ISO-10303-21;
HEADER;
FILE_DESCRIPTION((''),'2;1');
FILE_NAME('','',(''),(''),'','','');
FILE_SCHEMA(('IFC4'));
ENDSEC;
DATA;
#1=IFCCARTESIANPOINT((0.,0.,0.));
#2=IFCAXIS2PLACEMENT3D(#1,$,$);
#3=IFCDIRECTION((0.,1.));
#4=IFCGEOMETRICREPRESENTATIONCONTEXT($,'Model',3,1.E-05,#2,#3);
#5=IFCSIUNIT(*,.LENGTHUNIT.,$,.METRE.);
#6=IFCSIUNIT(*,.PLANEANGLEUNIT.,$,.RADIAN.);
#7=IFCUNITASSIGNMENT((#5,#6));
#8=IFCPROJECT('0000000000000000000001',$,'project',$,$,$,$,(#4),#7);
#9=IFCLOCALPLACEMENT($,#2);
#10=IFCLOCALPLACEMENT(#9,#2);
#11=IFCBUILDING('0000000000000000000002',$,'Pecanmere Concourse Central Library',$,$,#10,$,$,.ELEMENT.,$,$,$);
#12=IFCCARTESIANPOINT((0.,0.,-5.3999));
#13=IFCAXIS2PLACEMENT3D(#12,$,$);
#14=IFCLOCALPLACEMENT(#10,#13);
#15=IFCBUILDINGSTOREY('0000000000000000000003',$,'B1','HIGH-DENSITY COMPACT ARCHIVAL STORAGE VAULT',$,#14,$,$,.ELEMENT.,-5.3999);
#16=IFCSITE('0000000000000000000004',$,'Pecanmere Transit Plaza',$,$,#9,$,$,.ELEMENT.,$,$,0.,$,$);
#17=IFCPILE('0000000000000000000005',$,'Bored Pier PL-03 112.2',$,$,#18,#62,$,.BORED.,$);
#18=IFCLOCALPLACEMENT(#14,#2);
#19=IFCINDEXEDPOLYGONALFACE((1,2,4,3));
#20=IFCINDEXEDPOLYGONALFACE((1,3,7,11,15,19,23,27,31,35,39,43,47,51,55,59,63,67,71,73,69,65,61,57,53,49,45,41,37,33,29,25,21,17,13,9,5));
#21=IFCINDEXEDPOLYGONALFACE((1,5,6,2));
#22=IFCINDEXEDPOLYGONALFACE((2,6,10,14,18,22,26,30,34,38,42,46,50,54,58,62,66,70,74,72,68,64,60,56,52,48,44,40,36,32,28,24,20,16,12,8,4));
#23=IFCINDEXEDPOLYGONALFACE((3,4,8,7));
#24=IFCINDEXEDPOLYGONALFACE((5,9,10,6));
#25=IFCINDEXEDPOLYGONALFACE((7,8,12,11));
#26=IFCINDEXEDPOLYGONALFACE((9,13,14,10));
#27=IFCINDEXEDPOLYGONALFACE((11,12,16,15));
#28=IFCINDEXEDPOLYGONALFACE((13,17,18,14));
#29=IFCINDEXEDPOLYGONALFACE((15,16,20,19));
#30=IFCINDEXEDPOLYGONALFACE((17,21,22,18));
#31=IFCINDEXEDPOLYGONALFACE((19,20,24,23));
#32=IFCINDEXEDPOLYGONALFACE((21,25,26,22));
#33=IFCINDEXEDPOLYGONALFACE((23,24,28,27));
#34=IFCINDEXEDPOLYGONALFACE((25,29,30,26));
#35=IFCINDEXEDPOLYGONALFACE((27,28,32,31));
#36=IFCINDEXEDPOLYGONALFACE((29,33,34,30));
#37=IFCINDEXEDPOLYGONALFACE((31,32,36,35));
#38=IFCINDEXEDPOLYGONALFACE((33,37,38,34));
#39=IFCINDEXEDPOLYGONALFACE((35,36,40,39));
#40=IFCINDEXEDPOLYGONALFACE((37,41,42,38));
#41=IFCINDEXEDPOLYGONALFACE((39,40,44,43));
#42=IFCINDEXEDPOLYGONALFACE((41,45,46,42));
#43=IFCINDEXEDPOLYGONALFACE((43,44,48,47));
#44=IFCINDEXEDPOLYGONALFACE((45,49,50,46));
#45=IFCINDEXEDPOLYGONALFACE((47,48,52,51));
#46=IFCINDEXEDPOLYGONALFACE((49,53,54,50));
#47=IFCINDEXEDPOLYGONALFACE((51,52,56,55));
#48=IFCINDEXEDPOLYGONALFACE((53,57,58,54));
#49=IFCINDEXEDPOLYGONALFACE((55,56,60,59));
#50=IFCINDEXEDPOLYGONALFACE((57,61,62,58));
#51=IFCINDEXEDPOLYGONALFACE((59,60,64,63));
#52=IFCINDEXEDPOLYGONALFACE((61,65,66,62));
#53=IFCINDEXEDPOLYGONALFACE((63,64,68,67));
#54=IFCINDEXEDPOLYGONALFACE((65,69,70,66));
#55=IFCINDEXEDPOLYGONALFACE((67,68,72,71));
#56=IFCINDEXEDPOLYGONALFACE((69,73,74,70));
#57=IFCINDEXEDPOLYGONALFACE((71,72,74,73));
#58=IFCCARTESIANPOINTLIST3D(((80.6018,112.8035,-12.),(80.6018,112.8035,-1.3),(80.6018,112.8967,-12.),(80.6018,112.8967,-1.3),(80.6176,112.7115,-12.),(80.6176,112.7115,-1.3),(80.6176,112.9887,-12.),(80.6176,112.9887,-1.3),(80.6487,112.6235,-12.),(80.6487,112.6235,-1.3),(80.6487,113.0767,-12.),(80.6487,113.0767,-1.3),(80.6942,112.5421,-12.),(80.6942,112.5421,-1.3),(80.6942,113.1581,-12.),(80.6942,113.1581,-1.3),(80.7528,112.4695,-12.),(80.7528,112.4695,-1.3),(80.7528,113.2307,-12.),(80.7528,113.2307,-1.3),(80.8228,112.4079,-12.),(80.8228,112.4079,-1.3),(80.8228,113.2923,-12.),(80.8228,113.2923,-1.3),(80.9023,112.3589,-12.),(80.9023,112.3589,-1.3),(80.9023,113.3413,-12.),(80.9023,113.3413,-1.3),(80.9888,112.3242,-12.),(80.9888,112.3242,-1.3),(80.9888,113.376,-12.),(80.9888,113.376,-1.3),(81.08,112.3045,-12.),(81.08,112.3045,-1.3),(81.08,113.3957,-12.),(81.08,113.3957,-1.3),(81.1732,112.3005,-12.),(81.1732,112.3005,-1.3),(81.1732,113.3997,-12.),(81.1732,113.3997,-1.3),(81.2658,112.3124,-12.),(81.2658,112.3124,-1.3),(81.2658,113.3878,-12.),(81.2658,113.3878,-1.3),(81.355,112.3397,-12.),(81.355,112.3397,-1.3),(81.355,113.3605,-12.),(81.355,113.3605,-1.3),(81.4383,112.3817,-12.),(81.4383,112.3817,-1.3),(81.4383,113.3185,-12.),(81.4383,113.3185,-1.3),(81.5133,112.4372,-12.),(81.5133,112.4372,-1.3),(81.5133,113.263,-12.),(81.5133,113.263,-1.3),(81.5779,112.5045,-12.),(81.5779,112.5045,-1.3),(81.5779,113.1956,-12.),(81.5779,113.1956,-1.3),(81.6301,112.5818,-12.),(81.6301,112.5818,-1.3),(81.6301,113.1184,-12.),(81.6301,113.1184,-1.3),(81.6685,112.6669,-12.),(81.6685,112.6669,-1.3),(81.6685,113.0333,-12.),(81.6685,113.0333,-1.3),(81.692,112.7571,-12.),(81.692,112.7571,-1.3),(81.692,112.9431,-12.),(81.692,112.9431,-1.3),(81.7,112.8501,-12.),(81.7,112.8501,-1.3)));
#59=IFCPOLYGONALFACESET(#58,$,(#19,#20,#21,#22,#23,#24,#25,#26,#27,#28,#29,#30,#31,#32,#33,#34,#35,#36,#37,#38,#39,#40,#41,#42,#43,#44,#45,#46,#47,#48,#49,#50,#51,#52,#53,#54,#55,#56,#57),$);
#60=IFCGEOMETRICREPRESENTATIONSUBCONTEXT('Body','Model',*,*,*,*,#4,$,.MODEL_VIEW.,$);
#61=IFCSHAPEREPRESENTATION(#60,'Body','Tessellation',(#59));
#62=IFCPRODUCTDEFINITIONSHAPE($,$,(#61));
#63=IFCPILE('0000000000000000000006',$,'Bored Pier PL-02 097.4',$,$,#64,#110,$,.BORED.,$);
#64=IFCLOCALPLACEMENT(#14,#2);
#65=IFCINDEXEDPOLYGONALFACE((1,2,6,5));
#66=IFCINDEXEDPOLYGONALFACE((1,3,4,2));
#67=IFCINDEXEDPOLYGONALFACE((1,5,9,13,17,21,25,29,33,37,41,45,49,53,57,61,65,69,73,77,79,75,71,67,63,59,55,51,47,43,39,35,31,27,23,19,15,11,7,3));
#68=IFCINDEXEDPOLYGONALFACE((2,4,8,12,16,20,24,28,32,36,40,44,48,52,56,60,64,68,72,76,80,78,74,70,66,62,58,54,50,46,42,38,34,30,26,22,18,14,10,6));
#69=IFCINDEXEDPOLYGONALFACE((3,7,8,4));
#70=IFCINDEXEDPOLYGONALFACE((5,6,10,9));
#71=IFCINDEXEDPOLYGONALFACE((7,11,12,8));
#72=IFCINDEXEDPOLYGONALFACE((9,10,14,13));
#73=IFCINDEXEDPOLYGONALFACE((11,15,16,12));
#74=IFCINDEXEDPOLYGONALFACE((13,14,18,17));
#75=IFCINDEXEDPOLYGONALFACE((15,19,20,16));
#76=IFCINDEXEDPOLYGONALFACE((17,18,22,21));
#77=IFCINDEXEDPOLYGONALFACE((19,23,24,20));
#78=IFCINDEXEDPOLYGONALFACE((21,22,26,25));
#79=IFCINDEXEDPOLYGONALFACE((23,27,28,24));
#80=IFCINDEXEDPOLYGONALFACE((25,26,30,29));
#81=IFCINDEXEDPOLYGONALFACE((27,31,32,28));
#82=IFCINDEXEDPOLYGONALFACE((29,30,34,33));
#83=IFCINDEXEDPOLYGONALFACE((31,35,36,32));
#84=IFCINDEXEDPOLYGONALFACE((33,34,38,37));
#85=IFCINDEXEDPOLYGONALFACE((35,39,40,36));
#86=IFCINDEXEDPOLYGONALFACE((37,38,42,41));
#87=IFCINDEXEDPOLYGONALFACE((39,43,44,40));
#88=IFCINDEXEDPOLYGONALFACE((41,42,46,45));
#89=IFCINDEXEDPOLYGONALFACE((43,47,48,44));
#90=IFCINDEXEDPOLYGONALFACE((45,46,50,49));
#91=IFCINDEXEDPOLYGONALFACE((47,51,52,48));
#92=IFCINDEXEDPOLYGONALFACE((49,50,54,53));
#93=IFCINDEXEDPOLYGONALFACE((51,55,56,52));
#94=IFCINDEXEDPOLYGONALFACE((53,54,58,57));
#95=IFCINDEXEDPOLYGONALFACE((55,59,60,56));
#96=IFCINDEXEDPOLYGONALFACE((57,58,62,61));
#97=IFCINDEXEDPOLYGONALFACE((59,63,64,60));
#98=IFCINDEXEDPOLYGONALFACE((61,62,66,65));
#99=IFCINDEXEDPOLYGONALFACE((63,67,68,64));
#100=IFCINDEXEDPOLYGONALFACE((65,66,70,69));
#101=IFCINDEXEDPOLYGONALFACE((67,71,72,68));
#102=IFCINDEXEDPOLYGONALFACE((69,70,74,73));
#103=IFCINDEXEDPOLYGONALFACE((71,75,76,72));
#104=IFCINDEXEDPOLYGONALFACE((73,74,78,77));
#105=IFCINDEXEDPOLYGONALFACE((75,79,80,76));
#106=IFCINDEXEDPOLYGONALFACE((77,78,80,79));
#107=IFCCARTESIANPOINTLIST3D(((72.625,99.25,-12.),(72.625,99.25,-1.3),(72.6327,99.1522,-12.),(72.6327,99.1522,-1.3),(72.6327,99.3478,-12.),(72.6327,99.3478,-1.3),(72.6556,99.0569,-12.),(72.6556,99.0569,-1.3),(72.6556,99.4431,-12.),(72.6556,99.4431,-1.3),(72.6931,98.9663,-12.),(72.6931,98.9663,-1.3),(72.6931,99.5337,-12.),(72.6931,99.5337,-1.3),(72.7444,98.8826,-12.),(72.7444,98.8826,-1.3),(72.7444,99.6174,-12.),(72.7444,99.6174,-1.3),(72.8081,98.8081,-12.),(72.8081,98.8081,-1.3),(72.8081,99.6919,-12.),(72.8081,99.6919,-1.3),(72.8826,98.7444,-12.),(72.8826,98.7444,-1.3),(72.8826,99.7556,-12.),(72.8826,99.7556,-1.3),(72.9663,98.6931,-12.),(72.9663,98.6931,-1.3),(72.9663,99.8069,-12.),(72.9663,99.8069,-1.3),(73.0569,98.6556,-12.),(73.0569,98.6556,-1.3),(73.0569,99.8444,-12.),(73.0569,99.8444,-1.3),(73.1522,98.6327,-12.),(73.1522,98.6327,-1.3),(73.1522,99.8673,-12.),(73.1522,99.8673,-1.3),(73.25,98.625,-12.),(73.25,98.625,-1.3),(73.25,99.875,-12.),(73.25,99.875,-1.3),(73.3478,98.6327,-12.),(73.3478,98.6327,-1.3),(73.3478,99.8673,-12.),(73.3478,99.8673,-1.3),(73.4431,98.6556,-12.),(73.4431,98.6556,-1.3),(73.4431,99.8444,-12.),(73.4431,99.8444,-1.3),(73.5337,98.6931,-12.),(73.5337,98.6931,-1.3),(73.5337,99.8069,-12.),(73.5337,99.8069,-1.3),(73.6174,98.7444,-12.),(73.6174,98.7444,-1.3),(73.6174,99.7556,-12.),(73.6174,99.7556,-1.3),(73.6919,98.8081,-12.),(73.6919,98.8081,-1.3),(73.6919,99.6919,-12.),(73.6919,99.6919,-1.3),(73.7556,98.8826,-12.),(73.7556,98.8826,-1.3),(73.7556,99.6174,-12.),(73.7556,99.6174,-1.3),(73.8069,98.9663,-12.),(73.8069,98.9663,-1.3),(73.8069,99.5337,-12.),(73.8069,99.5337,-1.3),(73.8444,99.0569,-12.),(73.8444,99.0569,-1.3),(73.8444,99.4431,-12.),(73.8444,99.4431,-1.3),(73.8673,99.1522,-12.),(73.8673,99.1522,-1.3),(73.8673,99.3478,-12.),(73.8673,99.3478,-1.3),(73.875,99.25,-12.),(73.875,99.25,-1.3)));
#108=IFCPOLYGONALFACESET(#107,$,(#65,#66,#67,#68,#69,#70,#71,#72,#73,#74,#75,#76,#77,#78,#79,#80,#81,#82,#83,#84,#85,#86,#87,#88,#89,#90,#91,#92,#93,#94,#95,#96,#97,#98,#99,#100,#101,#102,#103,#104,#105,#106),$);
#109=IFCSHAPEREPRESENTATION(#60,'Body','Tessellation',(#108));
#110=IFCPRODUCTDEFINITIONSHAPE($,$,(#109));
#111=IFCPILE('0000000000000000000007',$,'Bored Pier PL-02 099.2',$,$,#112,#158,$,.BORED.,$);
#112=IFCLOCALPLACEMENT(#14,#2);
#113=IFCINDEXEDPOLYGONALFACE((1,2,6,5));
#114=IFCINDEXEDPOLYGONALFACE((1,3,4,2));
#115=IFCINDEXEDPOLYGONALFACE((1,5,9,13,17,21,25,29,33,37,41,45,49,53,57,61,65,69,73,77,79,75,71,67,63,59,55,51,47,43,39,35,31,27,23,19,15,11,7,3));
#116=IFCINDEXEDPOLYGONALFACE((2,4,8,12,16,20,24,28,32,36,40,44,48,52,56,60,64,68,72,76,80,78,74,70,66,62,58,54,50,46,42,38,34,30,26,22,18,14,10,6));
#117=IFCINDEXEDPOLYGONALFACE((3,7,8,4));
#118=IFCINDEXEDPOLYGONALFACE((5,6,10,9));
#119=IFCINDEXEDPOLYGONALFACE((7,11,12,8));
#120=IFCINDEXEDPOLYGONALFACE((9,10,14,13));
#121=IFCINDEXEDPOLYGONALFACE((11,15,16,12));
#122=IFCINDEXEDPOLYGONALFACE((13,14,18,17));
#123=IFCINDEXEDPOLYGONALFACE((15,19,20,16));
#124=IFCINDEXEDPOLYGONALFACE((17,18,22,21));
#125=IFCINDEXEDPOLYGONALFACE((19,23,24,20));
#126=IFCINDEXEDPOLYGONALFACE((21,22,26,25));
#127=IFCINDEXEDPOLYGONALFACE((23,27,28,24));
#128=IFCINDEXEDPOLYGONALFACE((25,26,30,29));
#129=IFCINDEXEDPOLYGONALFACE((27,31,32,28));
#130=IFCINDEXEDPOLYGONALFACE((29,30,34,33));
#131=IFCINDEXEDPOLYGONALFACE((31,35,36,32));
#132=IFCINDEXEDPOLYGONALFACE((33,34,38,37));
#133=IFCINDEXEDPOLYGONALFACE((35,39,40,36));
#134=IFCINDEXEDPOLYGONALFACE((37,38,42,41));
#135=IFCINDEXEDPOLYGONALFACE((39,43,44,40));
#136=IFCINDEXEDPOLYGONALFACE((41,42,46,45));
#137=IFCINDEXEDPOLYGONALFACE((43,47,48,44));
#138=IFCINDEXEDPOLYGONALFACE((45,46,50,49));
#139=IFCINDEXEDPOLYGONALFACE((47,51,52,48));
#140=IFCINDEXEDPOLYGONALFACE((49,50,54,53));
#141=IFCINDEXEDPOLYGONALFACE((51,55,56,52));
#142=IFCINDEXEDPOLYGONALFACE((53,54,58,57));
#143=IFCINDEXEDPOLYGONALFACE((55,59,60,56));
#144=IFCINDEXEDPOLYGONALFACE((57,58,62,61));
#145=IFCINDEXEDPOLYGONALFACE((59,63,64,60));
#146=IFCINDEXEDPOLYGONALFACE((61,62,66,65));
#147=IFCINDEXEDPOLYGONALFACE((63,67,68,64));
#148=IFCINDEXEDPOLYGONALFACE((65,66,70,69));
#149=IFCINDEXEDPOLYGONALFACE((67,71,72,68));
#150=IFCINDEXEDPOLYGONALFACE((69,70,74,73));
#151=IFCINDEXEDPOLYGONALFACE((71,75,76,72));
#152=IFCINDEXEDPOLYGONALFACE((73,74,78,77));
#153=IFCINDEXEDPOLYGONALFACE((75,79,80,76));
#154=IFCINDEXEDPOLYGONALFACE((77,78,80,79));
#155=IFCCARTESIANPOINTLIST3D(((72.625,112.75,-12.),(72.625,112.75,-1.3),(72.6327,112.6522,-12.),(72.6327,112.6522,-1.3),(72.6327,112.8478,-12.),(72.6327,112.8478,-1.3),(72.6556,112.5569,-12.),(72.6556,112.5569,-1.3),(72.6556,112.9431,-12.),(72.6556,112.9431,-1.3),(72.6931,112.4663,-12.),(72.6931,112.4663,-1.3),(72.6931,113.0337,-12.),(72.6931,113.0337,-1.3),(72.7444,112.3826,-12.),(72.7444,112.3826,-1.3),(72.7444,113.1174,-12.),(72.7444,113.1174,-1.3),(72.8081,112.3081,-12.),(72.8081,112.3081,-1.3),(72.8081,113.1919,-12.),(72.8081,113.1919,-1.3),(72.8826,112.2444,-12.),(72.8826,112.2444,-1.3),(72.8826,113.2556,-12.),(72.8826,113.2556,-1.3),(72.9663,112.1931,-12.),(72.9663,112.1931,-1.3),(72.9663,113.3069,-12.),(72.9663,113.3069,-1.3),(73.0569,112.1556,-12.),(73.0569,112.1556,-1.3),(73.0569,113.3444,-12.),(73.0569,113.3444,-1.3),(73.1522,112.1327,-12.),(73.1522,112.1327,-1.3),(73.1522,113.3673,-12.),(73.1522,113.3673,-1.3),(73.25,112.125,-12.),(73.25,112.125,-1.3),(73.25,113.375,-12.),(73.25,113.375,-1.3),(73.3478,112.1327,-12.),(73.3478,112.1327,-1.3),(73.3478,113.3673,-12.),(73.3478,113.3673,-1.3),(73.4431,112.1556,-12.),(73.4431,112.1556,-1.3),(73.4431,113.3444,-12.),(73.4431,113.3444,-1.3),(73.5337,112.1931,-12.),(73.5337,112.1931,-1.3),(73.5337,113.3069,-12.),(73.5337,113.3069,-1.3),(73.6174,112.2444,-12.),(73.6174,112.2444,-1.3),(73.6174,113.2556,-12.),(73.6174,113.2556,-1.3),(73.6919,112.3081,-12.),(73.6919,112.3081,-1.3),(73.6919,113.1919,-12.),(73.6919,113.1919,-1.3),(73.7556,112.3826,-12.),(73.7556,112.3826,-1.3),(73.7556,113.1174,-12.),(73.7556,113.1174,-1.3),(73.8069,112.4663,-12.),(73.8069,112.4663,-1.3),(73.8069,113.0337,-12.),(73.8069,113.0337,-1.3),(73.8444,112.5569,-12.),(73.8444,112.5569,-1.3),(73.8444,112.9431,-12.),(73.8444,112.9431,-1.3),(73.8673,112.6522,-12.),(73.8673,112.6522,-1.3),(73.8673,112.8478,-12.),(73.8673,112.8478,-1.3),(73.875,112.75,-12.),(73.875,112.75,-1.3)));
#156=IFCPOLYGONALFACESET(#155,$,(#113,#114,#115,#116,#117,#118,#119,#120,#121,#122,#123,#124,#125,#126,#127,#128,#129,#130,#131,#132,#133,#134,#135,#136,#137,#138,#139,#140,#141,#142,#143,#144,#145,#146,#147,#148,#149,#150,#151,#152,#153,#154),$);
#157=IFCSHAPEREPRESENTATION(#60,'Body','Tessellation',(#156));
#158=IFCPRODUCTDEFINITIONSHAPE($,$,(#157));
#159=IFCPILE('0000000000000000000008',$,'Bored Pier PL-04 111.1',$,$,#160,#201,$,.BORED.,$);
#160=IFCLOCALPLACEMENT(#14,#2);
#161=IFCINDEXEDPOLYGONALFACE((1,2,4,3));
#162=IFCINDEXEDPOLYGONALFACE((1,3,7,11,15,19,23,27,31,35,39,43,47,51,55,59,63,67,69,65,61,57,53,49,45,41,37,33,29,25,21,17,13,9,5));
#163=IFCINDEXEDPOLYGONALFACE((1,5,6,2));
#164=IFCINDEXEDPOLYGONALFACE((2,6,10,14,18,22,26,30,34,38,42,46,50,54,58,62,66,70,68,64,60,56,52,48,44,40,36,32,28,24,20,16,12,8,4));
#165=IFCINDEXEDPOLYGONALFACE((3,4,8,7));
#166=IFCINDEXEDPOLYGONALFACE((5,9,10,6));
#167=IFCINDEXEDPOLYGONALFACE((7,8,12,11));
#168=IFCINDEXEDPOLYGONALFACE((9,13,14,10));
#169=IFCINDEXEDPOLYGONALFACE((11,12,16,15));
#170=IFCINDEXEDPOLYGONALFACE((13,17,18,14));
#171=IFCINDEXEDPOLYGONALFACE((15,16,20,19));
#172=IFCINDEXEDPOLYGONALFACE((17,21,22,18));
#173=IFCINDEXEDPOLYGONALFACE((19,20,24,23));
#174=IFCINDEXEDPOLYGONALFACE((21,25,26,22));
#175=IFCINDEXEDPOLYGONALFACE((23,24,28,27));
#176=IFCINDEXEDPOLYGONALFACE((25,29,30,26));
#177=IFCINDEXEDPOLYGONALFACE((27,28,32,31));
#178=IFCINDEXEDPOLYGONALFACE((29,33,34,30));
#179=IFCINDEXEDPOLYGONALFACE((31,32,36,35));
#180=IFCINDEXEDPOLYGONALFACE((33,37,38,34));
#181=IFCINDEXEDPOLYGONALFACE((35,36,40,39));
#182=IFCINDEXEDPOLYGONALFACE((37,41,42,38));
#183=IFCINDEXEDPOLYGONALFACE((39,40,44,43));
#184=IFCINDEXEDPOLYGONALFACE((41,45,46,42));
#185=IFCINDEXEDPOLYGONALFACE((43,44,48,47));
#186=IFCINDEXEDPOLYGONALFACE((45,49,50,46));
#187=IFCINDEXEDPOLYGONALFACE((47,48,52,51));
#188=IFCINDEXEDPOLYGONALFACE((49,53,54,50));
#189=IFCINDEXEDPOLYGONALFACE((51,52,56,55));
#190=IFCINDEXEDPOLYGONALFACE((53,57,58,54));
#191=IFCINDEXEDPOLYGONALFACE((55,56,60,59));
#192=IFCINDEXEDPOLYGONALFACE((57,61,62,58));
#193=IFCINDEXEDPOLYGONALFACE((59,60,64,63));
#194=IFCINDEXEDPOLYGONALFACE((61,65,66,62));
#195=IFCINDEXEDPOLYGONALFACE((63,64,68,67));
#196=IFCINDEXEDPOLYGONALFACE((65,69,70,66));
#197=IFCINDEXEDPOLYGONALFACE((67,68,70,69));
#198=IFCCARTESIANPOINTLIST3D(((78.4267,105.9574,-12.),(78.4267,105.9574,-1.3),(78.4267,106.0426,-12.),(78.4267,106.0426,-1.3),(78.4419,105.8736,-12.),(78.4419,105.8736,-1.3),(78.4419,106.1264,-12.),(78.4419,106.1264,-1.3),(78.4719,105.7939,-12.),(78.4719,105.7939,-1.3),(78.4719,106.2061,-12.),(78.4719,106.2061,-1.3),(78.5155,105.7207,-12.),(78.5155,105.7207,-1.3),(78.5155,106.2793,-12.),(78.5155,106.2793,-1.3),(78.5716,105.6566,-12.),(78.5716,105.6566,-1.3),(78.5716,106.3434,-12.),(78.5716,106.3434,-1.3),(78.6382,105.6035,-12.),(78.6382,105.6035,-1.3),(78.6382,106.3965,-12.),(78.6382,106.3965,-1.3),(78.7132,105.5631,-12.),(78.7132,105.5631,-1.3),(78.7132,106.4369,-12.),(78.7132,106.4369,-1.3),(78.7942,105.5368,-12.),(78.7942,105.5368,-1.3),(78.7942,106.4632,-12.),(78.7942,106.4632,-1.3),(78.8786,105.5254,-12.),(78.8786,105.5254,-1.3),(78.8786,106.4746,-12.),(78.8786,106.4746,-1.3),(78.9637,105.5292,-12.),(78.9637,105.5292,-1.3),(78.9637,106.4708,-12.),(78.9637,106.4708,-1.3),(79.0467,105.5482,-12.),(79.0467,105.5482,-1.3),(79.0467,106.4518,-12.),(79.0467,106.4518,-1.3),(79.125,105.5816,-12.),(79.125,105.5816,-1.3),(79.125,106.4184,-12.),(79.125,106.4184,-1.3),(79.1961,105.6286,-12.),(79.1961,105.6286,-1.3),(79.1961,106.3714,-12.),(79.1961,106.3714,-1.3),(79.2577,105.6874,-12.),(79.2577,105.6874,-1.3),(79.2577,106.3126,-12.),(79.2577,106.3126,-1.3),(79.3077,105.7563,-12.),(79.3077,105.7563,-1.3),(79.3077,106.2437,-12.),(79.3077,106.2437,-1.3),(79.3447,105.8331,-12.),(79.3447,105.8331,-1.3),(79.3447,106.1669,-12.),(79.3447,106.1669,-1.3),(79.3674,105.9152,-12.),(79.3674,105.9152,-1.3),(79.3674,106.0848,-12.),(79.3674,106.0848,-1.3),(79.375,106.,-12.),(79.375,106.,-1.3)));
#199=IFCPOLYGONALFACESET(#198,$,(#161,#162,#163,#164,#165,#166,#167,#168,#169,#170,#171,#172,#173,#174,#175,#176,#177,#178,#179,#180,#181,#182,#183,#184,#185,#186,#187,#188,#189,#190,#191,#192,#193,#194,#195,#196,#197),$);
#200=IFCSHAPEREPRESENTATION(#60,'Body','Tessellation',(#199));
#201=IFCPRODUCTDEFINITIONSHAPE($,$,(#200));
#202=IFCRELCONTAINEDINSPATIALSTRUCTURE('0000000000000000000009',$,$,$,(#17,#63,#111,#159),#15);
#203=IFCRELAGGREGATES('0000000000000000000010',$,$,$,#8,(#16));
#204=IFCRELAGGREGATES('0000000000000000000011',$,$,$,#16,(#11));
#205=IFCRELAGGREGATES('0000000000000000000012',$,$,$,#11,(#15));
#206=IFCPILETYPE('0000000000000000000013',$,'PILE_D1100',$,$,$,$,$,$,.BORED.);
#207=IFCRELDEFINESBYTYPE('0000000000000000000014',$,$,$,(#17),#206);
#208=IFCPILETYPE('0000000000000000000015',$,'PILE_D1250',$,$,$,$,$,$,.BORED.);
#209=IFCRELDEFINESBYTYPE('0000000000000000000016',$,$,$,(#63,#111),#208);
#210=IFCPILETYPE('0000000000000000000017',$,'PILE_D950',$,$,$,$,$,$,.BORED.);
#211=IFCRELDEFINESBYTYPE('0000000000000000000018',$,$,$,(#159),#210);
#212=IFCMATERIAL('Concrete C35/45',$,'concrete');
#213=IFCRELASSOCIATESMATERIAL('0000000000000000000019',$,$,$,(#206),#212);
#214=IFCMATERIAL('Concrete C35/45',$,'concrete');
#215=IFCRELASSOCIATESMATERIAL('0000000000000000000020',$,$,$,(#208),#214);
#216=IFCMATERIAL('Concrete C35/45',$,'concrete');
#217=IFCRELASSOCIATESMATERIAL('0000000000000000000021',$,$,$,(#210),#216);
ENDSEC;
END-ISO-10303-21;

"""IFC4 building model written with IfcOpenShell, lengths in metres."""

from ifc_helpers import new_model, si_unit, direction, frame, origin, origin_2d, place, context, subcontext, project, spatial, circle, extrude, material, material_profile, profile_set, type_object, element, save


model = new_model("IFC4")

# Units and contexts
model_context = context("Model", 3, precision=1e-05, world=origin(), true_north=direction((0.0, 1.0)))
body_context = subcontext(model_context, "Body", "Model", "MODEL_VIEW")
ifc_project = project(units=[si_unit("LENGTHUNIT", "METRE"), si_unit("PLANEANGLEUNIT", "RADIAN")], contexts=[model_context])

# Site, building, storey
site_placement = place(None, origin())
site = spatial("IfcSite", under=ifc_project, at=site_placement, Name="Pecanmere Transit Plaza", CompositionType="ELEMENT", RefElevation=0.0)
building_placement = place(site_placement, origin())
building = spatial("IfcBuilding", under=site, at=building_placement, Name="Pecanmere Concourse Central Library", CompositionType="ELEMENT")
storey_placement = place(building_placement, frame((0.0, 0.0, -5.3999)))
storey = spatial("IfcBuildingStorey", under=building, at=storey_placement, Name="B1", Description="HIGH-DENSITY COMPACT ARCHIVAL STORAGE VAULT", CompositionType="ELEMENT", Elevation=-5.3999)

# Piles
ifc_material_1 = material(Name="Concrete C35/45", Category="concrete")
ifc_material_profile_1 = material_profile(ifc_material_1, circle(Radius=0.55, at=origin_2d()), Name="PIER D1100")
ifc_profile_set_1 = profile_set([ifc_material_profile_1], Name="Concrete C35/45")
pile_type_1 = type_object("IfcPileType", Name="PILE_D1100", PredefinedType="BORED", material=ifc_profile_set_1)
for number, where, z_axis, x_axis, name in (
    (1, (81.1499, 112.8501, -1.3), (0.0, 0.0, -1.0), (1.0, 0.0, 0.0), "Bored Pier PL-03 112.2"),
):
    element("IfcPile", number, at=place(storey_placement, frame(where, z_axis=z_axis, x_axis=x_axis)), inside=storey, type_object=pile_type_1, Name=name, PredefinedType="BORED", context=body_context, shape_type="SweptSolid", body=[
        extrude(circle(Radius=0.55, at=origin_2d()), origin(), (0.0, 0.0, 1.0), 10.7),
    ])
ifc_material_2 = material(Name="Concrete C35/45", Category="concrete")
ifc_material_profile_2 = material_profile(ifc_material_2, circle(Radius=0.625, at=origin_2d()), Name="PIER D1250")
ifc_profile_set_2 = profile_set([ifc_material_profile_2], Name="Concrete C35/45")
pile_type_2 = type_object("IfcPileType", Name="PILE_D1250", PredefinedType="BORED", material=ifc_profile_set_2)
for number, where, z_axis, x_axis, name in (
    (2, (73.25, 99.25, -1.3), (0.0, 0.0, -1.0), (1.0, 0.0, 0.0), "Bored Pier PL-02 097.4"),
    (3, (73.25, 112.75, -1.3), (0.0, 0.0, -1.0), (1.0, 0.0, 0.0), "Bored Pier PL-02 099.2"),
):
    element("IfcPile", number, at=place(storey_placement, frame(where, z_axis=z_axis, x_axis=x_axis)), inside=storey, type_object=pile_type_2, Name=name, PredefinedType="BORED", context=body_context, shape_type="SweptSolid", body=[
        extrude(circle(Radius=0.625, at=origin_2d()), origin(), (0.0, 0.0, 1.0), 10.7),
    ])
ifc_material_3 = material(Name="Concrete C35/45", Category="concrete")
ifc_material_profile_3 = material_profile(ifc_material_3, circle(Radius=0.4751, at=origin_2d()), Name="PIER D950")
ifc_profile_set_3 = profile_set([ifc_material_profile_3], Name="Concrete C35/45")
pile_type_3 = type_object("IfcPileType", Name="PILE_D950", PredefinedType="BORED", material=ifc_profile_set_3)
for number, where, z_axis, x_axis, name in (
    (4, (78.8999, 106.0, -1.3), (0.0, 0.0, -1.0), (1.0, 0.0, 0.0), "Bored Pier PL-04 111.1"),
):
    element("IfcPile", number, at=place(storey_placement, frame(where, z_axis=z_axis, x_axis=x_axis)), inside=storey, type_object=pile_type_3, Name=name, PredefinedType="BORED", context=body_context, shape_type="SweptSolid", body=[
        extrude(circle(Radius=0.4751, at=origin_2d()), origin(), (0.0, 0.0, 1.0), 10.7),
    ])

save(model, "model.ifc")
